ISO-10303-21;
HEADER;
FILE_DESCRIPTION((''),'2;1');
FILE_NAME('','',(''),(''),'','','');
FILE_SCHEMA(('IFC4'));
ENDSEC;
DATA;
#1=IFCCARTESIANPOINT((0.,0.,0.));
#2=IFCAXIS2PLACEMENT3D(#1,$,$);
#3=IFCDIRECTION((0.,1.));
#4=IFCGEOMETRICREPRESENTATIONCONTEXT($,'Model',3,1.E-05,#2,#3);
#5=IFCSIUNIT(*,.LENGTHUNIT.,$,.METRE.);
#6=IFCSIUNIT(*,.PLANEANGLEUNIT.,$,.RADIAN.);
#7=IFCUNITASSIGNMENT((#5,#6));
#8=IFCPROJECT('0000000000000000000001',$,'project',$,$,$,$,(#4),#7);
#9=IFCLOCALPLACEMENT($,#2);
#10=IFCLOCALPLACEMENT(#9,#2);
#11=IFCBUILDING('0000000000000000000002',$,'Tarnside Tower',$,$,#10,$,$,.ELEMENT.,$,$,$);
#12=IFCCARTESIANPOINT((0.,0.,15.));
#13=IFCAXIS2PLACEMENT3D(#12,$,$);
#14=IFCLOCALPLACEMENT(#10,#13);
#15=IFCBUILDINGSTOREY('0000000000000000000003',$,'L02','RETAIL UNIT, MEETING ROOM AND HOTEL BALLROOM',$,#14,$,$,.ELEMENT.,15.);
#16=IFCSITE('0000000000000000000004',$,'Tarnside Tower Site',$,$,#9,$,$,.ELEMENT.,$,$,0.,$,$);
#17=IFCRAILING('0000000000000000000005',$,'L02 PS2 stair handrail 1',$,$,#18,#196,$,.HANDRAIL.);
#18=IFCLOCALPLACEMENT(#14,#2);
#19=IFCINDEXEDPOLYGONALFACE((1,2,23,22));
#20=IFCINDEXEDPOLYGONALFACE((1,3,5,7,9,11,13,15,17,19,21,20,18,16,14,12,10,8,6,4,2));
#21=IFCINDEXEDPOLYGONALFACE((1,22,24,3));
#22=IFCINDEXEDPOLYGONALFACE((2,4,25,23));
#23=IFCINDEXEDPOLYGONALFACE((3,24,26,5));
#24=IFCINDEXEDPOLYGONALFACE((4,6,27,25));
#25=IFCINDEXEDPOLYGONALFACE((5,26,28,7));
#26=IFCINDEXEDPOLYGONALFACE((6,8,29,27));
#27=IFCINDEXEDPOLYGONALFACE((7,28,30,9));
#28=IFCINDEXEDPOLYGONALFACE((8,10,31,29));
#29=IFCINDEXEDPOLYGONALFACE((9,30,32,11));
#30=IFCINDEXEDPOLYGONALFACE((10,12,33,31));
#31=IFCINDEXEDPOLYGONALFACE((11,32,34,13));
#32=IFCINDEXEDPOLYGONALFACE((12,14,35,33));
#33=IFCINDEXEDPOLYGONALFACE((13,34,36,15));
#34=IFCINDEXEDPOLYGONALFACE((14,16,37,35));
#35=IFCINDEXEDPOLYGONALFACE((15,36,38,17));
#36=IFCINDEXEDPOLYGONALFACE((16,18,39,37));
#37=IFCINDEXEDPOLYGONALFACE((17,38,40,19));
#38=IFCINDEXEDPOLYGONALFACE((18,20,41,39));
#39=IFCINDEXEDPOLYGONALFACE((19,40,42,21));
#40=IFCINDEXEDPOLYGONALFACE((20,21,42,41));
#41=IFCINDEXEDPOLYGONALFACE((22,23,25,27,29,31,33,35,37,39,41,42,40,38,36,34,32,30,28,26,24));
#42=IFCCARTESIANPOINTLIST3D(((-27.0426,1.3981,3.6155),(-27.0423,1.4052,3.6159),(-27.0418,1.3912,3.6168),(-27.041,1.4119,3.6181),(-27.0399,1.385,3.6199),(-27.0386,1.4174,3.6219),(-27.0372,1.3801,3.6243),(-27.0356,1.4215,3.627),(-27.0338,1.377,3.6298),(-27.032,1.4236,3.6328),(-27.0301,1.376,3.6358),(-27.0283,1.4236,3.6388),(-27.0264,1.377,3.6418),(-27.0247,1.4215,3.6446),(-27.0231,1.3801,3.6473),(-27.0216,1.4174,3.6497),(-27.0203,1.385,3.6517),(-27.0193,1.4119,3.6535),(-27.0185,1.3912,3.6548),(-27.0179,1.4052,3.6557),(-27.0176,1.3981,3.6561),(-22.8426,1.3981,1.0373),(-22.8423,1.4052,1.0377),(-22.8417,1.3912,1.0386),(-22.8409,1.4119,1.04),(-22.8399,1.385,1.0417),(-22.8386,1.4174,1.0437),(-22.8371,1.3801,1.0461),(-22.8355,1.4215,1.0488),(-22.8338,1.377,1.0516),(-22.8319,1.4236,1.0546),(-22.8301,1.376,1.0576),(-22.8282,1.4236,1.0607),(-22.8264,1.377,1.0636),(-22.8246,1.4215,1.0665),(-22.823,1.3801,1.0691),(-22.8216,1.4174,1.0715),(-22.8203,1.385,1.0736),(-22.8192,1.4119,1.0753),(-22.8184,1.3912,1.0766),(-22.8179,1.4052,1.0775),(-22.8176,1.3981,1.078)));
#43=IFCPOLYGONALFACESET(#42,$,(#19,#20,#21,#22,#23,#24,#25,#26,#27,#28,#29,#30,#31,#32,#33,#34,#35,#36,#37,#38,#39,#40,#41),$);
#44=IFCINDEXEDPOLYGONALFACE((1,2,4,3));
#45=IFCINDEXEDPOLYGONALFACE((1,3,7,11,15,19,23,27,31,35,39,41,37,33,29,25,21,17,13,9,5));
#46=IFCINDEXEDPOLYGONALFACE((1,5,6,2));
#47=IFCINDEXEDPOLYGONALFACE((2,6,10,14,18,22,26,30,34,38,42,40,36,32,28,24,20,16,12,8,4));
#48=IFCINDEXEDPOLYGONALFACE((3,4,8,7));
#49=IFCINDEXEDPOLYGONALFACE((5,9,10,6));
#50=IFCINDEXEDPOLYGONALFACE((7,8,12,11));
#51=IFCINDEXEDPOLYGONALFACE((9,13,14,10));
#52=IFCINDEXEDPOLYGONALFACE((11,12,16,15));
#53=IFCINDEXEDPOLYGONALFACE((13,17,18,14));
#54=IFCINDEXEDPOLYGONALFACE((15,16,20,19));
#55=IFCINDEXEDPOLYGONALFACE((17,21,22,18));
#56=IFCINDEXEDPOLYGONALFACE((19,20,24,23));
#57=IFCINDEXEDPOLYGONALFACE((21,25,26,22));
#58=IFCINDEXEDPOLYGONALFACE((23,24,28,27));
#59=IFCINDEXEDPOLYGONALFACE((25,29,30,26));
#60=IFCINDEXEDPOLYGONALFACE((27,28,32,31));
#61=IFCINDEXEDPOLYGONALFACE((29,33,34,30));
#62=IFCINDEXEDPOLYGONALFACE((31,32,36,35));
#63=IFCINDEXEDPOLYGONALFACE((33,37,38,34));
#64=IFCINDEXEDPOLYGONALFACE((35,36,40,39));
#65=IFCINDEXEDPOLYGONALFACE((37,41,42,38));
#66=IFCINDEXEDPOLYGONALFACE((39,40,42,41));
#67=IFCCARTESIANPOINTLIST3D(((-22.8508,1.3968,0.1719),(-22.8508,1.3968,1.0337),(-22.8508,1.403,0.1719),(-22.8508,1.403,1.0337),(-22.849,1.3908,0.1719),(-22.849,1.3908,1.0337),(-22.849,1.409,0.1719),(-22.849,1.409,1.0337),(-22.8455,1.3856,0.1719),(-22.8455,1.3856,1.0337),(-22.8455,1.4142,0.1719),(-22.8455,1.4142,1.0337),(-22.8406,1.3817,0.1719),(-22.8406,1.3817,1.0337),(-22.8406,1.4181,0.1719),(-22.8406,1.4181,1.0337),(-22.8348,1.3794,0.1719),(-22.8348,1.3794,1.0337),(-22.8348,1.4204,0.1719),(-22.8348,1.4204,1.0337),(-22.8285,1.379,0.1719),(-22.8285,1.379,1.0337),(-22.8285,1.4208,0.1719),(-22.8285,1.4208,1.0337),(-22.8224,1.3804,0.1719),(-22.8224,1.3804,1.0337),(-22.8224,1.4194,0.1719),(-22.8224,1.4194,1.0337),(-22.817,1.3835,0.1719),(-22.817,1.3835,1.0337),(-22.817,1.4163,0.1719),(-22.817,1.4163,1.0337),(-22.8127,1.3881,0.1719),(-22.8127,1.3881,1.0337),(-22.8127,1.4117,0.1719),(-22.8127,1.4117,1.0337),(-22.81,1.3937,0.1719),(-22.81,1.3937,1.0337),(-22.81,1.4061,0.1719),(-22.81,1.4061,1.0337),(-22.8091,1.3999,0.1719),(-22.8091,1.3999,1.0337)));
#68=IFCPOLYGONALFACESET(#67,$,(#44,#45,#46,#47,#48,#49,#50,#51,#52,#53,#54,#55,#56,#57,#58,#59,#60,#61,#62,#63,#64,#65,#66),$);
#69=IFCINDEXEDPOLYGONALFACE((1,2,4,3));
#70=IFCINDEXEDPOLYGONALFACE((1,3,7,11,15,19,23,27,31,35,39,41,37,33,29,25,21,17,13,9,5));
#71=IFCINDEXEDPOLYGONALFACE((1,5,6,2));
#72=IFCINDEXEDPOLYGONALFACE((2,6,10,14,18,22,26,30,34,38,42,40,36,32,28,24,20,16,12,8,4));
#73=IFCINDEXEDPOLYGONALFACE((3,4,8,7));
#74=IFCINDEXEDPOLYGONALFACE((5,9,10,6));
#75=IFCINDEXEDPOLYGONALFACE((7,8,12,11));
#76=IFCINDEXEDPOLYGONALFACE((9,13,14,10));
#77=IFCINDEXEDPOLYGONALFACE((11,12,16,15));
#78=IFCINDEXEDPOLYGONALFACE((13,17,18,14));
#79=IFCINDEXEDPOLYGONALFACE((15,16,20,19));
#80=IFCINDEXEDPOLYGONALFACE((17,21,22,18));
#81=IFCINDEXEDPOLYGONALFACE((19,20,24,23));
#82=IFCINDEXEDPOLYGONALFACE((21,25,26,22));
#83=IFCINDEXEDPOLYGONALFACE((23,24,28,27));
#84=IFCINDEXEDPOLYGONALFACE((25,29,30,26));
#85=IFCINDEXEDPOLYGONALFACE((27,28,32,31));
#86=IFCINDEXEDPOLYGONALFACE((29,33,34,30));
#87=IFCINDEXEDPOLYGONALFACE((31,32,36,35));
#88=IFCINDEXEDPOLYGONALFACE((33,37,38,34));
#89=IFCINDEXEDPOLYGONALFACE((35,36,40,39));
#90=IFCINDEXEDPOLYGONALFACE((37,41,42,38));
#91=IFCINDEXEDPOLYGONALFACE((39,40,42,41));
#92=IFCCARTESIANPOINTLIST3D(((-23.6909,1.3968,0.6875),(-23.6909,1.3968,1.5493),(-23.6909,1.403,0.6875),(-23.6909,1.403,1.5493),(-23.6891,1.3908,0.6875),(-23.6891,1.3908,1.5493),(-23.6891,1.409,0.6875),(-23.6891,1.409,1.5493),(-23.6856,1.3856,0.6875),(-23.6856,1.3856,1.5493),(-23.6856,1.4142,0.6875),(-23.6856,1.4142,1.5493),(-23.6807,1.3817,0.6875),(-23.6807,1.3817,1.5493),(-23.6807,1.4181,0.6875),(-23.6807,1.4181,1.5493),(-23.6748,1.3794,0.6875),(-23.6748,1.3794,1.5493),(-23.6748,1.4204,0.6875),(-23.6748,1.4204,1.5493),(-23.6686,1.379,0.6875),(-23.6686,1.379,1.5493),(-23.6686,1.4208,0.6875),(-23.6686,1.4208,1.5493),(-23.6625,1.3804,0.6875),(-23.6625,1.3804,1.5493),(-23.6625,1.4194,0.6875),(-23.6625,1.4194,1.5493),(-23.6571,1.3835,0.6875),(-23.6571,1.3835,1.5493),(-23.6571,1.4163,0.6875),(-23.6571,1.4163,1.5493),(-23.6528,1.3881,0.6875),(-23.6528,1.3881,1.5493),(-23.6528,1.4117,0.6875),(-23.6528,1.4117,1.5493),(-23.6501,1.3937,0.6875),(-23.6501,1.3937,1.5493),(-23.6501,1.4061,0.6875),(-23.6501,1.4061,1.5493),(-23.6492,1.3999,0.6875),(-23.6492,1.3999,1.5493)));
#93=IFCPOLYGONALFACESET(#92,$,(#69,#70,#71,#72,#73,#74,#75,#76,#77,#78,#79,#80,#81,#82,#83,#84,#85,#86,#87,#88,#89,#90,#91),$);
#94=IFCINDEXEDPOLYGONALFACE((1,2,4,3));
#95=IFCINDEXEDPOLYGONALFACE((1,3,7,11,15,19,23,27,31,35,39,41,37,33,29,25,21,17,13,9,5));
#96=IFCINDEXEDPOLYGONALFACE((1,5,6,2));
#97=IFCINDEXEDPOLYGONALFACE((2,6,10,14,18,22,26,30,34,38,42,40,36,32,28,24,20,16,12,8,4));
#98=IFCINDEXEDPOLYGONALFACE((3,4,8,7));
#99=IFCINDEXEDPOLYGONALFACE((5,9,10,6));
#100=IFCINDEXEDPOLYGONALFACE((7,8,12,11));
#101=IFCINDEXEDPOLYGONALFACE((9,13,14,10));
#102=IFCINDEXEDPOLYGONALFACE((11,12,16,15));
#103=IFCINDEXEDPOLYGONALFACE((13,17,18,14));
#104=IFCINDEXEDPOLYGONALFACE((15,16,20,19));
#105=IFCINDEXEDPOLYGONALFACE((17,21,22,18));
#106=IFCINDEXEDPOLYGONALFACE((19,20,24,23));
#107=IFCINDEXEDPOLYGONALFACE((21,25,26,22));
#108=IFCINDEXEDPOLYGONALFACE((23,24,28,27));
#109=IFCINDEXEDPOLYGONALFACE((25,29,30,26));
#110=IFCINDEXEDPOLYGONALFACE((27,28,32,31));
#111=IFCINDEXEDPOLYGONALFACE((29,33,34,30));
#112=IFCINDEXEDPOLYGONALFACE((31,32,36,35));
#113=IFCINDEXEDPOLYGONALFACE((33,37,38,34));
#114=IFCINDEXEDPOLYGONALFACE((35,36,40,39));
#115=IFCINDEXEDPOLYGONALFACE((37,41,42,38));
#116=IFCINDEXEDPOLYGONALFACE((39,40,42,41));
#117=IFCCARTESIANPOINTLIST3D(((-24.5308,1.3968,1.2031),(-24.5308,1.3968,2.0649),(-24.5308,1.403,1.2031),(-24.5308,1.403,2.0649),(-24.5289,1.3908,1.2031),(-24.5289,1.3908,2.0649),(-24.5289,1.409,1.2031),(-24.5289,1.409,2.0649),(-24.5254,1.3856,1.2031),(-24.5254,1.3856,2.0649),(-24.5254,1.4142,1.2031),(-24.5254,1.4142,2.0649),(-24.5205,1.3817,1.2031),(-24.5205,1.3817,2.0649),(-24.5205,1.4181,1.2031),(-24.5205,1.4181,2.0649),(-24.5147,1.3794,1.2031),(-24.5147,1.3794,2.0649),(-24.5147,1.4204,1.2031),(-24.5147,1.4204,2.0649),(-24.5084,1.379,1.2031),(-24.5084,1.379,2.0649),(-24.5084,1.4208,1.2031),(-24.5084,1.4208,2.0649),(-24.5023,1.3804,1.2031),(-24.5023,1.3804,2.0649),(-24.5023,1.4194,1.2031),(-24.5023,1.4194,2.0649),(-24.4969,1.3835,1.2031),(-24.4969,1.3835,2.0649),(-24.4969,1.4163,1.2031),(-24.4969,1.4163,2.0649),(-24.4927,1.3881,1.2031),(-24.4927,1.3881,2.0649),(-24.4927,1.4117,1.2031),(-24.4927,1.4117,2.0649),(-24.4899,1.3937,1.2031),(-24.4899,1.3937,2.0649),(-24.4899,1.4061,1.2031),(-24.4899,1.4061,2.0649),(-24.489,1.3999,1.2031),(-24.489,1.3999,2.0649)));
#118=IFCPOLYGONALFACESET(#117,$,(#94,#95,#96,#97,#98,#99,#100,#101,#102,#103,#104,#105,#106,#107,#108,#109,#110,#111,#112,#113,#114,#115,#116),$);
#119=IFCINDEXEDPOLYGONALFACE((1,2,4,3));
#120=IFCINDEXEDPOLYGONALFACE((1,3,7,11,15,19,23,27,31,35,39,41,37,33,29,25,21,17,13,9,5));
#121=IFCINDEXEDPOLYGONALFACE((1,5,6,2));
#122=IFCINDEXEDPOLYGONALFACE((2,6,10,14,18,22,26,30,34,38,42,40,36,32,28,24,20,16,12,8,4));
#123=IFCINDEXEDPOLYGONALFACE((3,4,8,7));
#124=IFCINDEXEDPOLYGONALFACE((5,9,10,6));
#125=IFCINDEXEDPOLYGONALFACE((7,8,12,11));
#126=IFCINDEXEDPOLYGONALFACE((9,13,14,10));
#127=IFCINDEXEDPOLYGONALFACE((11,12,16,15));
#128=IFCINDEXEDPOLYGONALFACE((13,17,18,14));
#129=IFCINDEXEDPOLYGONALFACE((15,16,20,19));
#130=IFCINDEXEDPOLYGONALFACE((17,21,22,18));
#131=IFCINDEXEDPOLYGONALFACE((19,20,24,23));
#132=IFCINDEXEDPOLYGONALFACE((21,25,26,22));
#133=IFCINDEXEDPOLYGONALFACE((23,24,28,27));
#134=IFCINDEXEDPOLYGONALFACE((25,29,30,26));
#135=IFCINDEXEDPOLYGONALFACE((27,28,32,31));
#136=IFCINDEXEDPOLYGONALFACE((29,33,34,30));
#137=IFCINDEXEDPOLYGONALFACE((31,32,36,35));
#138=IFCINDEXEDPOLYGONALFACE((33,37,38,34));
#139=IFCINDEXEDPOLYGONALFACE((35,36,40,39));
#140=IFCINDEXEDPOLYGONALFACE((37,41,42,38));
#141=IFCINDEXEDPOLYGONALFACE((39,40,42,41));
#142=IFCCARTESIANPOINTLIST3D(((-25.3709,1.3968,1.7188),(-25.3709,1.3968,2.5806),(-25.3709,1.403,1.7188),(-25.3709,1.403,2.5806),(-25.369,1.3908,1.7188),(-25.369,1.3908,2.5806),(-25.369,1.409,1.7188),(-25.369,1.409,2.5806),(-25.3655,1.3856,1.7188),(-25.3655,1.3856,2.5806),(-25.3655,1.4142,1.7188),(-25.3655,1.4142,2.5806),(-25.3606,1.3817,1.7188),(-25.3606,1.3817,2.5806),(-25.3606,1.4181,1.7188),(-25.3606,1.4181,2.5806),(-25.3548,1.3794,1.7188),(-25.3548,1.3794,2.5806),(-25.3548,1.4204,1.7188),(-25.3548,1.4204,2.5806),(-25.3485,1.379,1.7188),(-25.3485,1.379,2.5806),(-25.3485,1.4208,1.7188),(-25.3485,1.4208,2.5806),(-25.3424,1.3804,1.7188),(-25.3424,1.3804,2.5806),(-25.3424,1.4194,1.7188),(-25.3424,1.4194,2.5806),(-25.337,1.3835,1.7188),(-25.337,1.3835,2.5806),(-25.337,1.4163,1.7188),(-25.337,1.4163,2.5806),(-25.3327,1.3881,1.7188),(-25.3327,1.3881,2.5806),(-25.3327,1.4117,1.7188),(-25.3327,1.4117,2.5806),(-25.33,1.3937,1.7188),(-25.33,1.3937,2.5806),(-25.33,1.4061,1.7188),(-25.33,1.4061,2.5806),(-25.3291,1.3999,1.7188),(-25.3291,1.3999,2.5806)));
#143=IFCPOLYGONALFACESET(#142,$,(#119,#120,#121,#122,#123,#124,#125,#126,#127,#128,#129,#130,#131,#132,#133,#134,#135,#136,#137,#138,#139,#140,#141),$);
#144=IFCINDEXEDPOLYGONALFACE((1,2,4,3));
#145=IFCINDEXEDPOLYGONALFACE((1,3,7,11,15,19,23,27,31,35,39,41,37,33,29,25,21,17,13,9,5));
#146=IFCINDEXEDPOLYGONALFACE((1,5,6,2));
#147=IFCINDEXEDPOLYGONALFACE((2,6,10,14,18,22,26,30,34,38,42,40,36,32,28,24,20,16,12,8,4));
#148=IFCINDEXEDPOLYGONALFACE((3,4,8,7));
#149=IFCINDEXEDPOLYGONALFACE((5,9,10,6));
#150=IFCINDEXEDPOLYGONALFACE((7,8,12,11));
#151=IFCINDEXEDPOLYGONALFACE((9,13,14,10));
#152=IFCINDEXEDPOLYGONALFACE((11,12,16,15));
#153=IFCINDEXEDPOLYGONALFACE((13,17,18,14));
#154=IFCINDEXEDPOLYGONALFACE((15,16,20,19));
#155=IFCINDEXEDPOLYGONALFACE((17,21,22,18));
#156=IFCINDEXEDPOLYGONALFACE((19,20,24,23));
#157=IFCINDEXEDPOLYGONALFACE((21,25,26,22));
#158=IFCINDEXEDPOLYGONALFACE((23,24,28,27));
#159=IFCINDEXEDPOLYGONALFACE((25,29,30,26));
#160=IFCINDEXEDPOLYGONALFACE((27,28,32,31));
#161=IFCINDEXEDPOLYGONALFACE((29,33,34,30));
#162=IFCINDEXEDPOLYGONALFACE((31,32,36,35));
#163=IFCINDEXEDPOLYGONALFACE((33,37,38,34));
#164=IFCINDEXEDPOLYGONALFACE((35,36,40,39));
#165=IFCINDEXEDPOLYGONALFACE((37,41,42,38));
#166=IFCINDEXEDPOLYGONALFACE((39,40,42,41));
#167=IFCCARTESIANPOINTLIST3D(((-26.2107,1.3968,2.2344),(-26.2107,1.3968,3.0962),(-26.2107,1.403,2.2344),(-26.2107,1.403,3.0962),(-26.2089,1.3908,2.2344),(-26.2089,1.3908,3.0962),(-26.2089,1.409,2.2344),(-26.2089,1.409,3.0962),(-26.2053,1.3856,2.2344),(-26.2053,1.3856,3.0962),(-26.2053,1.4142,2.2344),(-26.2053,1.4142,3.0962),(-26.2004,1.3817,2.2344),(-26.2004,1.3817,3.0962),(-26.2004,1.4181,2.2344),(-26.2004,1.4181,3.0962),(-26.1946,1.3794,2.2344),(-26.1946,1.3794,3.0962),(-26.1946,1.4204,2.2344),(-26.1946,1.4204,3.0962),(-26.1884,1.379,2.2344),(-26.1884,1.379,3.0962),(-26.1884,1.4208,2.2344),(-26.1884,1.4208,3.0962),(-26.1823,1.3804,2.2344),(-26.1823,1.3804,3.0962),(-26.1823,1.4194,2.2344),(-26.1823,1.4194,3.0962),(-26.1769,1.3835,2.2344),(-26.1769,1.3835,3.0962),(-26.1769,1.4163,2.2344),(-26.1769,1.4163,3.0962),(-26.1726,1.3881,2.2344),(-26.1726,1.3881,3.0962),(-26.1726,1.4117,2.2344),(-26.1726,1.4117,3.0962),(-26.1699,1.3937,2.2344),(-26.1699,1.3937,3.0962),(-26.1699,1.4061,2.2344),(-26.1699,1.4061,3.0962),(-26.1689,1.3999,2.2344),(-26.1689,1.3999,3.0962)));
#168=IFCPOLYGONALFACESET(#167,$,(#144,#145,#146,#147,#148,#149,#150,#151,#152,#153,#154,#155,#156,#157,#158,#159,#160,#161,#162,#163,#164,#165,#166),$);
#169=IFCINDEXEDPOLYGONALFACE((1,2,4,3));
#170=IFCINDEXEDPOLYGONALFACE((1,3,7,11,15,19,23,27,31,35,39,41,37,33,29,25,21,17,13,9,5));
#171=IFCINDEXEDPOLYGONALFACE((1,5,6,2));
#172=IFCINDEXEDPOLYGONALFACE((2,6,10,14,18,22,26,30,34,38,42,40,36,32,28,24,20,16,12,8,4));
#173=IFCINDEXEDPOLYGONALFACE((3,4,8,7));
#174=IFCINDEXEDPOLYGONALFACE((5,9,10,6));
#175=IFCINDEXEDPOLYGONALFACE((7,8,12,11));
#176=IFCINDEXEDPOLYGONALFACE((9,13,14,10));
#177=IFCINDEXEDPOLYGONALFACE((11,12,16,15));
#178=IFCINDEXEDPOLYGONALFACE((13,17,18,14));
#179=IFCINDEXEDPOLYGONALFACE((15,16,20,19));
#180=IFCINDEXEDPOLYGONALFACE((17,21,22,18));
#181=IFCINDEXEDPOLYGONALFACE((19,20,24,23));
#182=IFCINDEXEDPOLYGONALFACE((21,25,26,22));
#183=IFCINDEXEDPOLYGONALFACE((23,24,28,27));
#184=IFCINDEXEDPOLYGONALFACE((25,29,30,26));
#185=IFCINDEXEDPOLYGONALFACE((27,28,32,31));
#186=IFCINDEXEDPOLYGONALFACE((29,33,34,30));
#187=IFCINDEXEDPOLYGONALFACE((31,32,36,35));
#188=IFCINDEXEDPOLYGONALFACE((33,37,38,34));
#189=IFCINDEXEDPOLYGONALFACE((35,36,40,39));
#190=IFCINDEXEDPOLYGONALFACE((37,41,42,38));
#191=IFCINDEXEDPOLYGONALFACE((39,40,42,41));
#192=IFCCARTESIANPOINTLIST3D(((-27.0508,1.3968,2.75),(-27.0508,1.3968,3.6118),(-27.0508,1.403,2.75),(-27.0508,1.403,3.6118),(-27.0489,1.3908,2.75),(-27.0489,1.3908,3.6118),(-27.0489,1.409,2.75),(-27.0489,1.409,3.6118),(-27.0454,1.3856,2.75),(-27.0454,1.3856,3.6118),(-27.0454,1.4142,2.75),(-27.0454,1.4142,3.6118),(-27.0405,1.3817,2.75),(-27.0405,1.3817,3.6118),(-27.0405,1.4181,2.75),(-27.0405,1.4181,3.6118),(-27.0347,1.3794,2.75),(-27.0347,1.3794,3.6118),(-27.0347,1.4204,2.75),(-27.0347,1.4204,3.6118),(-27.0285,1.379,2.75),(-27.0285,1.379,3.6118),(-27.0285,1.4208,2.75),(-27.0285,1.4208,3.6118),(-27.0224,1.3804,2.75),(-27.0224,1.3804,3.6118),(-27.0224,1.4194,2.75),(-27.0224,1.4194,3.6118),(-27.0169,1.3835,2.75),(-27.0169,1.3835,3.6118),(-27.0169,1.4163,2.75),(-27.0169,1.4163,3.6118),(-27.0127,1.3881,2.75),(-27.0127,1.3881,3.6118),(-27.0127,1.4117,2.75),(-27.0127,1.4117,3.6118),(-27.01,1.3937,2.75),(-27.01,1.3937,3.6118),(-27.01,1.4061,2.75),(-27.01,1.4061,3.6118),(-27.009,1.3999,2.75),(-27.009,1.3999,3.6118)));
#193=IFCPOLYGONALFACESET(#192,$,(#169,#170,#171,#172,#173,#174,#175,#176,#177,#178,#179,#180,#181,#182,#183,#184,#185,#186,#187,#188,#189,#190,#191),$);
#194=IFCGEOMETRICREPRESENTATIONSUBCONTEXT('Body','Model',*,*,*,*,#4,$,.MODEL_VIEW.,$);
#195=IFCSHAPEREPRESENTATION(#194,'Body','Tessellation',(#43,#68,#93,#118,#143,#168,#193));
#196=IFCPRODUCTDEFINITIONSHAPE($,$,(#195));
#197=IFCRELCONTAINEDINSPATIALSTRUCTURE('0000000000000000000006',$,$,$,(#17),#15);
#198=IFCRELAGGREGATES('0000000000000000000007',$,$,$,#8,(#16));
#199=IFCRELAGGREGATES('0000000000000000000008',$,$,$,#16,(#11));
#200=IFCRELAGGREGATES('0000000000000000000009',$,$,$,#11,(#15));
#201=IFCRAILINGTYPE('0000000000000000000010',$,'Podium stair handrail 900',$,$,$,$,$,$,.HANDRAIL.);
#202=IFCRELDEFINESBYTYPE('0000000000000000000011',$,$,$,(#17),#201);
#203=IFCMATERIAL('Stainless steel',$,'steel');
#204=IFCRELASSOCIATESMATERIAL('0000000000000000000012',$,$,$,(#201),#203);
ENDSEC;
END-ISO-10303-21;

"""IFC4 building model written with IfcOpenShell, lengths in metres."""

from ifc_helpers import new_model, si_unit, direction, frame, origin, origin_2d, place, context, subcontext, project, spatial, circle, extrude, material, type_object, element, save


model = new_model("IFC4")

# Units and contexts
model_context = context("Model", 3, precision=1e-05, world=origin(), true_north=direction((0.0, 1.0)))
body_context = subcontext(model_context, "Body", "Model", "MODEL_VIEW")
ifc_project = project(units=[si_unit("LENGTHUNIT", "METRE"), si_unit("PLANEANGLEUNIT", "RADIAN")], contexts=[model_context])

# Site, building, storey
site_placement = place(None, origin())
site = spatial("IfcSite", under=ifc_project, at=site_placement, Name="Tarnside Tower Site", CompositionType="ELEMENT", RefElevation=0.0)
building_placement = place(site_placement, origin())
building = spatial("IfcBuilding", under=site, at=building_placement, Name="Tarnside Tower", CompositionType="ELEMENT")
storey_placement = place(building_placement, frame((0.0, 0.0, 15.0)))
storey = spatial("IfcBuildingStorey", under=building, at=storey_placement, Name="L02", Description="RETAIL UNIT, MEETING ROOM AND HOTEL BALLROOM", CompositionType="ELEMENT", Elevation=15.0)

# Railing
ifc_material_1 = material(Name="Stainless steel", Category="steel")
railing_type_1 = type_object("IfcRailingType", Name="Podium stair handrail 900", PredefinedType="HANDRAIL", material=ifc_material_1)
railing_1_placement = place(storey_placement, frame((-22.8301, 1.3999, 0.1719)))
element("IfcRailing", 1, at=railing_1_placement, inside=storey, type_object=railing_type_1, Name="L02 PS2 stair handrail 1", PredefinedType="HANDRAIL", context=body_context, shape_type="SweptSolid", body=[
    extrude(circle(Radius=0.0239, at=origin_2d()), frame((0.0, 0.0, 0.8857), z_axis=(-0.852243, 0.0, 0.523146), x_axis=(0.0, -1.0, 0.0)), (0.0, 0.0, 1.0), 4.9282),
    extrude(circle(Radius=0.021, at=origin_2d()), origin(), (0.0, 0.0, 1.0), 0.8618),
    extrude(circle(Radius=0.021, at=origin_2d()), frame((-0.8401, 0.0, 0.5156)), (0.0, 0.0, 1.0), 0.8618),
    extrude(circle(Radius=0.021, at=origin_2d()), frame((-1.6799, 0.0, 1.0312)), (0.0, 0.0, 1.0), 0.8618),
    extrude(circle(Radius=0.021, at=origin_2d()), frame((-2.52, 0.0, 1.5469)), (0.0, 0.0, 1.0), 0.8618),
    extrude(circle(Radius=0.021, at=origin_2d()), frame((-3.3599, 0.0, 2.0625)), (0.0, 0.0, 1.0), 0.8618),
    extrude(circle(Radius=0.021, at=origin_2d()), frame((-4.2, 0.0, 2.5781)), (0.0, 0.0, 1.0), 0.8618),
])

save(model, "model.ifc")
